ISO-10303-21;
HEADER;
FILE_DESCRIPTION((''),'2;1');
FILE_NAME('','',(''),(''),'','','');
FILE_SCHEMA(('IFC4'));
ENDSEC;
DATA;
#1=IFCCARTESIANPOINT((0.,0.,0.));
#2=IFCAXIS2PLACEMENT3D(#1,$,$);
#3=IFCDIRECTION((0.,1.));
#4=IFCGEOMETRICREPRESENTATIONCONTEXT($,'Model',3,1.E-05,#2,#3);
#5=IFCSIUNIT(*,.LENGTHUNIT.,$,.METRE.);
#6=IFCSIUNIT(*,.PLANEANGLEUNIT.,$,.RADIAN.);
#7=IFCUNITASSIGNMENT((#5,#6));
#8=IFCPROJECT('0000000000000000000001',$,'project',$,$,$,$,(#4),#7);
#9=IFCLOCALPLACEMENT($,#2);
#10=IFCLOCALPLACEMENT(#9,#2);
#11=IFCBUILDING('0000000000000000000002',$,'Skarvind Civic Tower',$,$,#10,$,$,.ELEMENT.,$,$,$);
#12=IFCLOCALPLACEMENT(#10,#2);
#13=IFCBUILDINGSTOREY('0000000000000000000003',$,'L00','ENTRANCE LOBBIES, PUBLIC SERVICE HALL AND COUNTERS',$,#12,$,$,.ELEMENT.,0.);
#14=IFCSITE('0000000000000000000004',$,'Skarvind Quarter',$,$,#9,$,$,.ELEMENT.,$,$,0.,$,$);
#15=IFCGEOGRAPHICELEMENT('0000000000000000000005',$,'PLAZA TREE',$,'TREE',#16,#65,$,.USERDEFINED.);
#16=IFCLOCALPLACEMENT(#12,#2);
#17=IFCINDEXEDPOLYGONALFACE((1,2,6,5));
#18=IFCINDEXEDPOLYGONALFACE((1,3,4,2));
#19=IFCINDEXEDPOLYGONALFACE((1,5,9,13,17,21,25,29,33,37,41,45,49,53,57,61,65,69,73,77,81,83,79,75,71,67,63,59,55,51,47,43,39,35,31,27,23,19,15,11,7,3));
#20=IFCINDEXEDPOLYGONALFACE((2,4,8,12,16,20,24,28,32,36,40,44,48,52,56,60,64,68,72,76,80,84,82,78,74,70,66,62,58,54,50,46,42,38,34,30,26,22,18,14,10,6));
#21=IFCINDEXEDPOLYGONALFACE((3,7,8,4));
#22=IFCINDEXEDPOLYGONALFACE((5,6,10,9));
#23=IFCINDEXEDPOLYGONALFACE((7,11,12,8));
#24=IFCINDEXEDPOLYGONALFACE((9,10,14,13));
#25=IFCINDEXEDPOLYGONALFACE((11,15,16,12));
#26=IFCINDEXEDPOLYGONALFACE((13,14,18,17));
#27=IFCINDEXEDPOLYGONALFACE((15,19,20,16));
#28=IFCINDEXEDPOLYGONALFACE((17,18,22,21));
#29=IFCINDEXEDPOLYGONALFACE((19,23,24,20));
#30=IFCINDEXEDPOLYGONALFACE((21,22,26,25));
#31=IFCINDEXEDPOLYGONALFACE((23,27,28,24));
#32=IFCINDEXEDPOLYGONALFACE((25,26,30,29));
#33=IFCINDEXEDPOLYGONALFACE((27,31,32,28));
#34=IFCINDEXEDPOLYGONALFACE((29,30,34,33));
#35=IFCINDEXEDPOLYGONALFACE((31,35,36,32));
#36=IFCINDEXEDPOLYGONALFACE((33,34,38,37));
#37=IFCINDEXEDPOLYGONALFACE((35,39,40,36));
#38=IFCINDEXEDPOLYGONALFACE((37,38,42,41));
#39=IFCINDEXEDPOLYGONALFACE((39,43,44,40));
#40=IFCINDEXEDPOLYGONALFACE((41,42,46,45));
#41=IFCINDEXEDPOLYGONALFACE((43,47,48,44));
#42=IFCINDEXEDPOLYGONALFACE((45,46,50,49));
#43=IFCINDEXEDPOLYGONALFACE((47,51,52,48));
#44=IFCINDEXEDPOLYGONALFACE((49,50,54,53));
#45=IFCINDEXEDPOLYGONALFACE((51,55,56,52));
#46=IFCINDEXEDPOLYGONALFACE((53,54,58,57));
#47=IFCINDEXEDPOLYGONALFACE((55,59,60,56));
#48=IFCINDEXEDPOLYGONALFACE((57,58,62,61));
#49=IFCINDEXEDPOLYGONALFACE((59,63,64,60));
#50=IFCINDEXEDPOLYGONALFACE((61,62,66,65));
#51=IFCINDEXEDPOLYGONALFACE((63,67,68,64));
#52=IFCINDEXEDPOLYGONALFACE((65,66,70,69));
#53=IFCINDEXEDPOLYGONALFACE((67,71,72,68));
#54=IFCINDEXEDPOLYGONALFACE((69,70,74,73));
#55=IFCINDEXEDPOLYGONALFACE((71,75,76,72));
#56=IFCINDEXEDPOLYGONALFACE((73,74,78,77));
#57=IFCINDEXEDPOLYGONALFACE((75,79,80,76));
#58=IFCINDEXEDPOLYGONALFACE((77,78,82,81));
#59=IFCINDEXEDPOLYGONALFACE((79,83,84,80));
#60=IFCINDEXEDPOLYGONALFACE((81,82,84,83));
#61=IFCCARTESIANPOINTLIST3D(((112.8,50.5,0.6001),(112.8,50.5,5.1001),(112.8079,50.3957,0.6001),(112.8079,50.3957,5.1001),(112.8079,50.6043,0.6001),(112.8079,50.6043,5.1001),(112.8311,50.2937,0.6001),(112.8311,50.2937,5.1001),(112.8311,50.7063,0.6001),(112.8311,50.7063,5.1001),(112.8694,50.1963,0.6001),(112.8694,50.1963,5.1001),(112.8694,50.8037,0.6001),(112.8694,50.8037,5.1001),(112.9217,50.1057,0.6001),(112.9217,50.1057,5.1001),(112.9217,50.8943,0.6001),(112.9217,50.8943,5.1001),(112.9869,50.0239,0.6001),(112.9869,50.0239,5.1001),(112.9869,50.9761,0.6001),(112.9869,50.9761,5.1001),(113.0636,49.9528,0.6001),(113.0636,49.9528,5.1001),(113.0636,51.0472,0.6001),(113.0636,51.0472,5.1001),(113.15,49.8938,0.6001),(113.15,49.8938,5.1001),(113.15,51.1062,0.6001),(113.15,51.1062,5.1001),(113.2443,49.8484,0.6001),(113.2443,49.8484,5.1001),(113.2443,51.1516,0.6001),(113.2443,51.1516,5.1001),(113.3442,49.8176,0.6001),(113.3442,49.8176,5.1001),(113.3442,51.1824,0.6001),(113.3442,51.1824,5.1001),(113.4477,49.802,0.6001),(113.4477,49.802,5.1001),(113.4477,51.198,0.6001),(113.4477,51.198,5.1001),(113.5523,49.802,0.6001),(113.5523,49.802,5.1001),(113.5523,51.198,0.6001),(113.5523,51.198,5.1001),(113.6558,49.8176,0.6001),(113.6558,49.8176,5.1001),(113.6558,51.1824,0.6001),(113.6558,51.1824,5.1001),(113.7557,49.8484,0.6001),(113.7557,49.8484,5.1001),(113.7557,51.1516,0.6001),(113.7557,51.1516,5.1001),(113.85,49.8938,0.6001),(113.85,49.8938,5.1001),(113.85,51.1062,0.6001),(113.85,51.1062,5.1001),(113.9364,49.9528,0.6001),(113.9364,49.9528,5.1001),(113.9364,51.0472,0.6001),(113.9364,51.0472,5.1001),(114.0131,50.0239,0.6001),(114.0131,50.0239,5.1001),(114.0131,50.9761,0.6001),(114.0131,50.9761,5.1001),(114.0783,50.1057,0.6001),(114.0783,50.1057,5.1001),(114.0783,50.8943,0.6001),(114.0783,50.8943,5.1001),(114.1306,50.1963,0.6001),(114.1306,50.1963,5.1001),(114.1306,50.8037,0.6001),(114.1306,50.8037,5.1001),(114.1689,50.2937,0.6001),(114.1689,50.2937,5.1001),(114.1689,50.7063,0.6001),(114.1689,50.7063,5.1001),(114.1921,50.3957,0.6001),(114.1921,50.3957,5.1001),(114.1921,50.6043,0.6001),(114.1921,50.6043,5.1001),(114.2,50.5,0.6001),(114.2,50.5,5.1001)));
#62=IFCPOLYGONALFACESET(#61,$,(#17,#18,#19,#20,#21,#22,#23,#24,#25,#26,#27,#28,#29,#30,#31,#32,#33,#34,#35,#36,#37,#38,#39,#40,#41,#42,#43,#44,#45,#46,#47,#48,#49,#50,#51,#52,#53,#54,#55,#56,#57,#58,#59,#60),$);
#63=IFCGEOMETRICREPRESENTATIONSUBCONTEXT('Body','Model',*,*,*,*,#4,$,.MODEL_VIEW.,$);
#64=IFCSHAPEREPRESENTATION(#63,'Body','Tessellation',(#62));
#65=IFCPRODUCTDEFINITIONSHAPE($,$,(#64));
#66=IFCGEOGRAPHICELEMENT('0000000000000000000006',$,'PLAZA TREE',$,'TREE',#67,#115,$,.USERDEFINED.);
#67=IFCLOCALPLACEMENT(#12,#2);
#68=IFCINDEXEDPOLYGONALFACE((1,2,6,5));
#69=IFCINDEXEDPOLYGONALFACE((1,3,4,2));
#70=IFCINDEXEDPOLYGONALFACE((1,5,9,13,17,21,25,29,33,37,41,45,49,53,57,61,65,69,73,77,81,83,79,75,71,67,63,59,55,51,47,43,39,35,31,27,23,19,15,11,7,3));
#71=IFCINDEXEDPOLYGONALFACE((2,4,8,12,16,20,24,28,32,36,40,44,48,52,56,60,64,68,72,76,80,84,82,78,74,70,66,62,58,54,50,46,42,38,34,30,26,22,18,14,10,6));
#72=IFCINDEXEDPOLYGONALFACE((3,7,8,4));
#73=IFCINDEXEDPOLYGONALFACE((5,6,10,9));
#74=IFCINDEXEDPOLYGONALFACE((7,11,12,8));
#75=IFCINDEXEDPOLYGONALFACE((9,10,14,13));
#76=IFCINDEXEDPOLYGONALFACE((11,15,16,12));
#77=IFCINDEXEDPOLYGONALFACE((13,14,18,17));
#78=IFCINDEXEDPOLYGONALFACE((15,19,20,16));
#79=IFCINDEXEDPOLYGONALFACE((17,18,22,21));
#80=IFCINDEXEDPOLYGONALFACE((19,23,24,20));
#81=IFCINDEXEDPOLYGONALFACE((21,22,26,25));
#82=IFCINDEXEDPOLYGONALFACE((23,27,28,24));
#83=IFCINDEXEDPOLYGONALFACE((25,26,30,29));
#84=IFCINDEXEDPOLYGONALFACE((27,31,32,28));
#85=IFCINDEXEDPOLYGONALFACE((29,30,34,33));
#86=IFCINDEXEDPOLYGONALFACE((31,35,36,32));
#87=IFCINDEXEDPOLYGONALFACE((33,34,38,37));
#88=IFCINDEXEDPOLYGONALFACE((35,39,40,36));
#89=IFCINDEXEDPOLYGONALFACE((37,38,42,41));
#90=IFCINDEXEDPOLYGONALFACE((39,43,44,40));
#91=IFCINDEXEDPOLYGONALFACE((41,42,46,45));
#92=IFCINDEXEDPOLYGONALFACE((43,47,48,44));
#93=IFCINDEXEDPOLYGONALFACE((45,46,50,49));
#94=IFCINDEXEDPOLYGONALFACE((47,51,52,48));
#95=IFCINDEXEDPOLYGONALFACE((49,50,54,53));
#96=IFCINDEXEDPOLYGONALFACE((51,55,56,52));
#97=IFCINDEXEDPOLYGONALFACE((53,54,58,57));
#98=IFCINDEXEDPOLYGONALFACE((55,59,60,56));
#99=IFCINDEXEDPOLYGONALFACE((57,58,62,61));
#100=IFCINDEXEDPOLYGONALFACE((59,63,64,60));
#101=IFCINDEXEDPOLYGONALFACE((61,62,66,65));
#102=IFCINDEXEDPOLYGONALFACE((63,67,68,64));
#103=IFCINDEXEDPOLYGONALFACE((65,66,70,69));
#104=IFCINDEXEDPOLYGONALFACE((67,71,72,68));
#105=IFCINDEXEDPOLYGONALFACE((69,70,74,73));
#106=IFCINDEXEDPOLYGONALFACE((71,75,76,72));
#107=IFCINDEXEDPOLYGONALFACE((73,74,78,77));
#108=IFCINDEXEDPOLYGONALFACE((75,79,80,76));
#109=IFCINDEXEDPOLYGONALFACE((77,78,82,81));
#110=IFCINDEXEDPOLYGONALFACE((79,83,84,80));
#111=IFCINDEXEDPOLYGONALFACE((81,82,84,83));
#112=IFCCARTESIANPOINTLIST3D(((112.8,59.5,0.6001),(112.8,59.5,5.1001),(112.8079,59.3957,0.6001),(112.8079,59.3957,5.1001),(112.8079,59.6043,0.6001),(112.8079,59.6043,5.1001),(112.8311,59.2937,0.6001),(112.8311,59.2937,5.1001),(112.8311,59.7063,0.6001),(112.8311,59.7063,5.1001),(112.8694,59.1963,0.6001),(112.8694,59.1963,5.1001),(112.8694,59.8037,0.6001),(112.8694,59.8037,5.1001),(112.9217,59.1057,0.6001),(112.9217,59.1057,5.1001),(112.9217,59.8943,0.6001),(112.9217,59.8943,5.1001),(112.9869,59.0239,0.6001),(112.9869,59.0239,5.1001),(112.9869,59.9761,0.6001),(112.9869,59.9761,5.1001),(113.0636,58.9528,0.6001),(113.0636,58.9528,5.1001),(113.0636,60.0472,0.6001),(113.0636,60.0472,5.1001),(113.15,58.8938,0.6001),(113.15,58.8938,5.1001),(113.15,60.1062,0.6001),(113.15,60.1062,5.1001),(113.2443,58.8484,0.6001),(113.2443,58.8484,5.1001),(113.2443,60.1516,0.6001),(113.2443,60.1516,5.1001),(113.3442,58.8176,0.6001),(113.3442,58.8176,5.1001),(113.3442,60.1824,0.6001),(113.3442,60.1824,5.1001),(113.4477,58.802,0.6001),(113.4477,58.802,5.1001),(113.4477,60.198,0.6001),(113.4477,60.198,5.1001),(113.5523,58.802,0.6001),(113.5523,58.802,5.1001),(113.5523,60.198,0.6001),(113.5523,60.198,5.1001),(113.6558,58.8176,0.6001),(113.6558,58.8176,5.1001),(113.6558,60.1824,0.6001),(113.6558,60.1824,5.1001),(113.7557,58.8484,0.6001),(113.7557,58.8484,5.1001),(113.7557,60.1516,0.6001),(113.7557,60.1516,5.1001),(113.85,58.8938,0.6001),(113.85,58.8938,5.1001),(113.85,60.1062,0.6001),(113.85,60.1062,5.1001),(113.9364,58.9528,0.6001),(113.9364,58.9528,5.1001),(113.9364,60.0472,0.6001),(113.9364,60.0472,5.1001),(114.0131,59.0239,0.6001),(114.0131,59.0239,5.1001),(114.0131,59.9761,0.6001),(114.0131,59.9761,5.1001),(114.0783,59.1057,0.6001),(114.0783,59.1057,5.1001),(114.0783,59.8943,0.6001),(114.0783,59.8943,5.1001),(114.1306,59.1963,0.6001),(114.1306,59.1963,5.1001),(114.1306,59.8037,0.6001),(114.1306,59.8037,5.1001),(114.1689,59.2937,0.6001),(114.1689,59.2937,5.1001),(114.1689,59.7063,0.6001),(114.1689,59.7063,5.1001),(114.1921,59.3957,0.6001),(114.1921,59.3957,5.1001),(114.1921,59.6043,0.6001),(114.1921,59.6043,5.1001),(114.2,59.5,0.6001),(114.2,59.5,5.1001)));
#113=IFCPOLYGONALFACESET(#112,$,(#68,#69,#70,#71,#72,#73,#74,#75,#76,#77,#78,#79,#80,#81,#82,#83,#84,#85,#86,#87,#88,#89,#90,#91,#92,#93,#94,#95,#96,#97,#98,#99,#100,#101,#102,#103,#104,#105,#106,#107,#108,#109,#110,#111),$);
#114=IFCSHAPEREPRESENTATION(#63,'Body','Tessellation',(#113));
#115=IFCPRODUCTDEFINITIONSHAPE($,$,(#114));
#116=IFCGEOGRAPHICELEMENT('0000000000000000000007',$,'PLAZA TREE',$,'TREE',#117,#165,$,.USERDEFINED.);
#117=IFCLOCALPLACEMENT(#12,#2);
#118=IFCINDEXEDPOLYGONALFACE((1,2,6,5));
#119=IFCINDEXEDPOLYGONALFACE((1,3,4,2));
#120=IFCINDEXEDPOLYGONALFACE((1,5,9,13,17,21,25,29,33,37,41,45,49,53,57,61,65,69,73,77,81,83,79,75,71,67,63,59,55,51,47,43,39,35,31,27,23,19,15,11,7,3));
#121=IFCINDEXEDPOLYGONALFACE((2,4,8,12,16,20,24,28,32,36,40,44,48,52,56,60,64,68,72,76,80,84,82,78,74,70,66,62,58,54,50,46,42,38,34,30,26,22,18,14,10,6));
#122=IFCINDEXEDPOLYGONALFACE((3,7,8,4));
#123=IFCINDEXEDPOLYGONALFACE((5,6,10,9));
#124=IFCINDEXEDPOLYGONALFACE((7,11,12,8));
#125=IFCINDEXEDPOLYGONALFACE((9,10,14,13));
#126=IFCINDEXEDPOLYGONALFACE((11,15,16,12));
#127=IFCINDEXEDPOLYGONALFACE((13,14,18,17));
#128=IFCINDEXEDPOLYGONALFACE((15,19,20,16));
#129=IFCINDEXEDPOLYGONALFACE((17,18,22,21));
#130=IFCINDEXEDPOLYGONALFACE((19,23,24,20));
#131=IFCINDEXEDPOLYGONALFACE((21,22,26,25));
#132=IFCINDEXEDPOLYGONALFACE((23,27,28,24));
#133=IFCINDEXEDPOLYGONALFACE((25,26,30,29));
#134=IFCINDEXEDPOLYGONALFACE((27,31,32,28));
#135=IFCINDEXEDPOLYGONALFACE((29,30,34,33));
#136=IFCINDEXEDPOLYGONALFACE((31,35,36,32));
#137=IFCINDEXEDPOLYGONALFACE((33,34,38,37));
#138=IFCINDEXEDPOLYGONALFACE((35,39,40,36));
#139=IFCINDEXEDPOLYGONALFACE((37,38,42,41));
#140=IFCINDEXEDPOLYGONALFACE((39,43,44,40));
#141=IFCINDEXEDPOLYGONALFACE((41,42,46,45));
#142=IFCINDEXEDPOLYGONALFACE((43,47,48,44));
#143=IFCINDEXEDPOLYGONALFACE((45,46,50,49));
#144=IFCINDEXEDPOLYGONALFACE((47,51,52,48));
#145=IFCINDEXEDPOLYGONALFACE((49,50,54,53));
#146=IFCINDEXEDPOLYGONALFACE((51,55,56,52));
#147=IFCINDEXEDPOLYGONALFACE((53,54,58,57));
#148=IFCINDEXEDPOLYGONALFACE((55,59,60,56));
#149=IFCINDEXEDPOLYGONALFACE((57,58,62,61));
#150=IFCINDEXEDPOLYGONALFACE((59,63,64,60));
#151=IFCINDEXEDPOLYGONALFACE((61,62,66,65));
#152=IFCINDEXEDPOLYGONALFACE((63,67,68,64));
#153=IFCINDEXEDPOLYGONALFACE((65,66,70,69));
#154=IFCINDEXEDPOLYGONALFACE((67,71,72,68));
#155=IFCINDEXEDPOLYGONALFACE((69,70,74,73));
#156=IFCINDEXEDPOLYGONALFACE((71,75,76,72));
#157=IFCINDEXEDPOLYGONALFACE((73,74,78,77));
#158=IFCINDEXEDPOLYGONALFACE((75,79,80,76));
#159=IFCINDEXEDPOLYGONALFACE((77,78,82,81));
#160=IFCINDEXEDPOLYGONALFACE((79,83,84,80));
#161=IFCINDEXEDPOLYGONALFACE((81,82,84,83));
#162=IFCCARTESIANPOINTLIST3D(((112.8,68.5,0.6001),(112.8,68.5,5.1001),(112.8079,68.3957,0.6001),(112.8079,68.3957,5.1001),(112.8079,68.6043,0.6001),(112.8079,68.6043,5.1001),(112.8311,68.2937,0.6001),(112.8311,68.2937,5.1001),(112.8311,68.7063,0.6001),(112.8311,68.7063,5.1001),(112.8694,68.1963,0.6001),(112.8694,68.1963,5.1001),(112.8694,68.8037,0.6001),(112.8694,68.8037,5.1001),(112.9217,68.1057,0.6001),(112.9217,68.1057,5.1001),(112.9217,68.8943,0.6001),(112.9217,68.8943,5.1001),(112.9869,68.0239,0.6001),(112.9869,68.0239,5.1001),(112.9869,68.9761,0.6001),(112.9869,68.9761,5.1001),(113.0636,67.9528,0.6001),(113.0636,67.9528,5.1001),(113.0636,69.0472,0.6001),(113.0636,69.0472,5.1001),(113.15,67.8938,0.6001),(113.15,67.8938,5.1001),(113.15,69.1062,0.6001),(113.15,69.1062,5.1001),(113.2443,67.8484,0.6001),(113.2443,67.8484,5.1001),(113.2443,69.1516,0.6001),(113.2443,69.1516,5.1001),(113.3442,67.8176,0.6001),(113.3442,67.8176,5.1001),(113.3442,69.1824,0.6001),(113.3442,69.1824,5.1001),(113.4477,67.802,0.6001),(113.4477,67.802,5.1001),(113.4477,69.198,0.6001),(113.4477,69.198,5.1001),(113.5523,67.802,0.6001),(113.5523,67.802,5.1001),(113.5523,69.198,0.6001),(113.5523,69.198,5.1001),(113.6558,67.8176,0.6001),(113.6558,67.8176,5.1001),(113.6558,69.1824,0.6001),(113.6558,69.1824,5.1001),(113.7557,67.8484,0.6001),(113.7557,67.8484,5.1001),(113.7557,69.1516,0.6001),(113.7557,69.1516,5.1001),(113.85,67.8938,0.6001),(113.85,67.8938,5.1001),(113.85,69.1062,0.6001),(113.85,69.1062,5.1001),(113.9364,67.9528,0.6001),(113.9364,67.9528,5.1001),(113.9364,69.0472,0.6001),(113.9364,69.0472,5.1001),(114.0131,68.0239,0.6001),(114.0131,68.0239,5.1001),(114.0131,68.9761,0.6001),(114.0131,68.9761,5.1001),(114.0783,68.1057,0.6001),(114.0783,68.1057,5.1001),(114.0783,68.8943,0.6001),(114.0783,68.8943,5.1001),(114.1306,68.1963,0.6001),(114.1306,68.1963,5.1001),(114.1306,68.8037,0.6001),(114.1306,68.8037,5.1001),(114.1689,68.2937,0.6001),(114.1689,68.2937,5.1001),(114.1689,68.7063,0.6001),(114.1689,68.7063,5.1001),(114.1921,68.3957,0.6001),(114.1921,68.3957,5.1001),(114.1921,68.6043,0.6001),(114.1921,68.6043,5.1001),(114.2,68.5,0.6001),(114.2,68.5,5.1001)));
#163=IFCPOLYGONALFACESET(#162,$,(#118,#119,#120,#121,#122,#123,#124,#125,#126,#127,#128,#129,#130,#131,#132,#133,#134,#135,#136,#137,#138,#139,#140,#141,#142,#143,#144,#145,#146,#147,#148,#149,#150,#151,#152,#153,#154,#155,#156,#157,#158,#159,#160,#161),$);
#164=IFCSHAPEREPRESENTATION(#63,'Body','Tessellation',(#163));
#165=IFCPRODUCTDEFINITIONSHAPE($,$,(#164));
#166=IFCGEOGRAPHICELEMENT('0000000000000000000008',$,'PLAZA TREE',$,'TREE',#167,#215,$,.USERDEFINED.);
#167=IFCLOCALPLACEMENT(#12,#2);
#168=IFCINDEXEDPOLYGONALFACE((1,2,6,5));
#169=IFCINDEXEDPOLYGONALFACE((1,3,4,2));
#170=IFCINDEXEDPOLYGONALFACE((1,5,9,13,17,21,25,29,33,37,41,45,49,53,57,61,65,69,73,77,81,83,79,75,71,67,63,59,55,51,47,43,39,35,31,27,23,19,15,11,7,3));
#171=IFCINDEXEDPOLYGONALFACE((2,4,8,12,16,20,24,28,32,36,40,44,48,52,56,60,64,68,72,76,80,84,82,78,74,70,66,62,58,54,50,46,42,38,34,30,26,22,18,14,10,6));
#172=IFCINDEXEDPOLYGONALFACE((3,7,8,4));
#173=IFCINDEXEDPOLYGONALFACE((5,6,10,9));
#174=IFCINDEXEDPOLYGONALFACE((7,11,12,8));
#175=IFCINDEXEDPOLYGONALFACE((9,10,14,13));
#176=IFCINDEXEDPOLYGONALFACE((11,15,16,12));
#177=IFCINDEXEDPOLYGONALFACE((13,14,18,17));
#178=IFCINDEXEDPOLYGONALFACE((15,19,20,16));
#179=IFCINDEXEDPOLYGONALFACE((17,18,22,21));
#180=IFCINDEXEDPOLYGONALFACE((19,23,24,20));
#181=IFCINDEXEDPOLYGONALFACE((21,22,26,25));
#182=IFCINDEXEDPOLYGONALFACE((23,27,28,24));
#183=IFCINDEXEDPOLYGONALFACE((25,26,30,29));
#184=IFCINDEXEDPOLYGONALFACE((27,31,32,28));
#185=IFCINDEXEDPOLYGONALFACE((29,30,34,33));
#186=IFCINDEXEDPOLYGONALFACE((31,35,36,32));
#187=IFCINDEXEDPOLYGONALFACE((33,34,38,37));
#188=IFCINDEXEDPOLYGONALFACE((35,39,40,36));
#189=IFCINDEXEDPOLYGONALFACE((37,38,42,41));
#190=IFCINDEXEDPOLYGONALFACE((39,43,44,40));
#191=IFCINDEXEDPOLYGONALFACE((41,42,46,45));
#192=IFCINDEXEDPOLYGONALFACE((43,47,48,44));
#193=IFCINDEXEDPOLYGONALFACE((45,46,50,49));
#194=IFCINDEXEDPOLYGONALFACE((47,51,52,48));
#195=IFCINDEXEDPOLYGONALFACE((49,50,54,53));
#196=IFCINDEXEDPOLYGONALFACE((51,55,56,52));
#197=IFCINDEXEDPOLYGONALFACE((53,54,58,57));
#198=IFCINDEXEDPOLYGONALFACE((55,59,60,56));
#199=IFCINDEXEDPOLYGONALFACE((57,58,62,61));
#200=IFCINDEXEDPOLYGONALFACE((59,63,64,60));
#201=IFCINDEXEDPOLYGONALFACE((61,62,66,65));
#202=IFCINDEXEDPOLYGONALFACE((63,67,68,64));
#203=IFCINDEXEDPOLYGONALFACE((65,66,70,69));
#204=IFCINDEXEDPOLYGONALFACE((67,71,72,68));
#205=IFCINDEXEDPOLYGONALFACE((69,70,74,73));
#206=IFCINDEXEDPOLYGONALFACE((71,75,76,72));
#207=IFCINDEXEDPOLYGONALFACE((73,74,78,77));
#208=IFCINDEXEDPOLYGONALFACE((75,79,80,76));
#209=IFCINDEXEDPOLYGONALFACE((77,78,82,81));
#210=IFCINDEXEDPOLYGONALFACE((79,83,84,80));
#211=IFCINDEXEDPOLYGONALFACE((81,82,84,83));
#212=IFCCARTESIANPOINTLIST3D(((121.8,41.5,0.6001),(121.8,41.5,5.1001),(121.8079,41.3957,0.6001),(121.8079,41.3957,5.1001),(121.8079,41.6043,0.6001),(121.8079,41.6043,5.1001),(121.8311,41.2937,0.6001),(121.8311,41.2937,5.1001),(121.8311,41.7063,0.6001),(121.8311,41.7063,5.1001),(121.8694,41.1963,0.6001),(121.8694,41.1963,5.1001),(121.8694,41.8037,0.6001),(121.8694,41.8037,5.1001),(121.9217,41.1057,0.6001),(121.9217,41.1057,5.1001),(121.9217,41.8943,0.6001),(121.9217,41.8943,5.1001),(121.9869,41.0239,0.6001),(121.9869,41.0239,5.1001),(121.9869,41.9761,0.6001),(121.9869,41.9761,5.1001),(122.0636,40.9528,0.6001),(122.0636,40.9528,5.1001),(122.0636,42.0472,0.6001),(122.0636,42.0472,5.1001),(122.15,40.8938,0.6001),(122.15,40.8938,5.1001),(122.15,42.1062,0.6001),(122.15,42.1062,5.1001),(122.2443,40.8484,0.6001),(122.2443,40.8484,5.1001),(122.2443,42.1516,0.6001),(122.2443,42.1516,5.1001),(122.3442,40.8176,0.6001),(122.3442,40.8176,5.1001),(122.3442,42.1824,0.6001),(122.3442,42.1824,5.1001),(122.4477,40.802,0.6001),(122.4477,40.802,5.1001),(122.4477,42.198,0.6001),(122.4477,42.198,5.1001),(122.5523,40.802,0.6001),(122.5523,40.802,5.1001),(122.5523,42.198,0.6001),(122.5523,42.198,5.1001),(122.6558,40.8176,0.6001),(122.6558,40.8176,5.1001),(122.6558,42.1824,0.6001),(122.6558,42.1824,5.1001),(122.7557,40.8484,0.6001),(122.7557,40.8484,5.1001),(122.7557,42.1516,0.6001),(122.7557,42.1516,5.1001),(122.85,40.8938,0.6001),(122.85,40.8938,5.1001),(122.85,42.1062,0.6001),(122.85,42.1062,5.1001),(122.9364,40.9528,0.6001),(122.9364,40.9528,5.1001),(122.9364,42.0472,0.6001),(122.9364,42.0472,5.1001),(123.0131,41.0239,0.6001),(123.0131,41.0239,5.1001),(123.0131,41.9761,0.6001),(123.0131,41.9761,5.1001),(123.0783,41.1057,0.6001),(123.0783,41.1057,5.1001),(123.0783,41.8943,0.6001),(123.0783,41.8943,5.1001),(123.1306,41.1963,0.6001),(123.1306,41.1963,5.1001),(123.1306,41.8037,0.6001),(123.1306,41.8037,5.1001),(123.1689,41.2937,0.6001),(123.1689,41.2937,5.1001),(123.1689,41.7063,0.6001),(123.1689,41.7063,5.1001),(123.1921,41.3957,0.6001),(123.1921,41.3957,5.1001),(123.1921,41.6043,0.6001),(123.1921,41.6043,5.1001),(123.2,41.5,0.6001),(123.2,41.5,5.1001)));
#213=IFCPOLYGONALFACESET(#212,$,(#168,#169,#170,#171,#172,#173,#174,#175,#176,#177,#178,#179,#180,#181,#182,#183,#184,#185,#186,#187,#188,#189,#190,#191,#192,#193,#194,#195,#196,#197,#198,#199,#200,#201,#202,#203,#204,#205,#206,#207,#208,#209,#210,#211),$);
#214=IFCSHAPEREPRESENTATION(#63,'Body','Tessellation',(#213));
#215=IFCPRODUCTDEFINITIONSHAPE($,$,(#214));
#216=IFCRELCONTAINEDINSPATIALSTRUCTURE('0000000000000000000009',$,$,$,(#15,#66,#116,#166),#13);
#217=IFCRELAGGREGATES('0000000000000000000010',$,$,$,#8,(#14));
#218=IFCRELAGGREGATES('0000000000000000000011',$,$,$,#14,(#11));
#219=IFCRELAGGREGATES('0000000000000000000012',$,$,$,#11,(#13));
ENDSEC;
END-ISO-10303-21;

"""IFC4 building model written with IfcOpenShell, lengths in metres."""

from ifc_helpers import new_model, si_unit, direction, frame, origin, origin_2d, place, context, subcontext, project, spatial, circle, extrude, element, save


model = new_model("IFC4")

# Units and contexts
model_context = context("Model", 3, precision=1e-05, world=origin(), true_north=direction((0.0, 1.0)))
body_context = subcontext(model_context, "Body", "Model", "MODEL_VIEW")
ifc_project = project(units=[si_unit("LENGTHUNIT", "METRE"), si_unit("PLANEANGLEUNIT", "RADIAN")], contexts=[model_context])

# Site, building, storey
site_placement = place(None, origin())
site = spatial("IfcSite", under=ifc_project, at=site_placement, Name="Skarvind Quarter", CompositionType="ELEMENT", RefElevation=0.0)
building_placement = place(site_placement, origin())
building = spatial("IfcBuilding", under=site, at=building_placement, Name="Skarvind Civic Tower", CompositionType="ELEMENT")
storey_placement = place(building_placement, origin())
storey = spatial("IfcBuildingStorey", under=building, at=storey_placement, Name="L00", Description="ENTRANCE LOBBIES, PUBLIC SERVICE HALL AND COUNTERS", CompositionType="ELEMENT", Elevation=0.0)

# Geographic elements
for number, where, z_axis, x_axis, name in (
    (1, (113.5, 50.5, 0.6001), (0.0, 0.0, 1.0), (1.0, 0.0, 0.0), "PLAZA TREE"),
    (2, (113.5, 59.5, 0.6001), (0.0, 0.0, 1.0), (1.0, 0.0, 0.0), "PLAZA TREE"),
    (3, (113.5, 68.5, 0.6001), (0.0, 0.0, 1.0), (1.0, 0.0, 0.0), "PLAZA TREE"),
    (4, (122.5, 41.5, 0.6001), (0.0, 0.0, 1.0), (1.0, 0.0, 0.0), "PLAZA TREE"),
):
    element("IfcGeographicElement", number, at=place(storey_placement, frame(where, z_axis=z_axis, x_axis=x_axis)), inside=storey, Name=name, ObjectType="TREE", PredefinedType="USERDEFINED", context=body_context, shape_type="SweptSolid", body=[
        extrude(circle(Radius=0.7, at=origin_2d()), origin(), (0.0, 0.0, 1.0), 4.5),
    ])

save(model, "model.ifc")
